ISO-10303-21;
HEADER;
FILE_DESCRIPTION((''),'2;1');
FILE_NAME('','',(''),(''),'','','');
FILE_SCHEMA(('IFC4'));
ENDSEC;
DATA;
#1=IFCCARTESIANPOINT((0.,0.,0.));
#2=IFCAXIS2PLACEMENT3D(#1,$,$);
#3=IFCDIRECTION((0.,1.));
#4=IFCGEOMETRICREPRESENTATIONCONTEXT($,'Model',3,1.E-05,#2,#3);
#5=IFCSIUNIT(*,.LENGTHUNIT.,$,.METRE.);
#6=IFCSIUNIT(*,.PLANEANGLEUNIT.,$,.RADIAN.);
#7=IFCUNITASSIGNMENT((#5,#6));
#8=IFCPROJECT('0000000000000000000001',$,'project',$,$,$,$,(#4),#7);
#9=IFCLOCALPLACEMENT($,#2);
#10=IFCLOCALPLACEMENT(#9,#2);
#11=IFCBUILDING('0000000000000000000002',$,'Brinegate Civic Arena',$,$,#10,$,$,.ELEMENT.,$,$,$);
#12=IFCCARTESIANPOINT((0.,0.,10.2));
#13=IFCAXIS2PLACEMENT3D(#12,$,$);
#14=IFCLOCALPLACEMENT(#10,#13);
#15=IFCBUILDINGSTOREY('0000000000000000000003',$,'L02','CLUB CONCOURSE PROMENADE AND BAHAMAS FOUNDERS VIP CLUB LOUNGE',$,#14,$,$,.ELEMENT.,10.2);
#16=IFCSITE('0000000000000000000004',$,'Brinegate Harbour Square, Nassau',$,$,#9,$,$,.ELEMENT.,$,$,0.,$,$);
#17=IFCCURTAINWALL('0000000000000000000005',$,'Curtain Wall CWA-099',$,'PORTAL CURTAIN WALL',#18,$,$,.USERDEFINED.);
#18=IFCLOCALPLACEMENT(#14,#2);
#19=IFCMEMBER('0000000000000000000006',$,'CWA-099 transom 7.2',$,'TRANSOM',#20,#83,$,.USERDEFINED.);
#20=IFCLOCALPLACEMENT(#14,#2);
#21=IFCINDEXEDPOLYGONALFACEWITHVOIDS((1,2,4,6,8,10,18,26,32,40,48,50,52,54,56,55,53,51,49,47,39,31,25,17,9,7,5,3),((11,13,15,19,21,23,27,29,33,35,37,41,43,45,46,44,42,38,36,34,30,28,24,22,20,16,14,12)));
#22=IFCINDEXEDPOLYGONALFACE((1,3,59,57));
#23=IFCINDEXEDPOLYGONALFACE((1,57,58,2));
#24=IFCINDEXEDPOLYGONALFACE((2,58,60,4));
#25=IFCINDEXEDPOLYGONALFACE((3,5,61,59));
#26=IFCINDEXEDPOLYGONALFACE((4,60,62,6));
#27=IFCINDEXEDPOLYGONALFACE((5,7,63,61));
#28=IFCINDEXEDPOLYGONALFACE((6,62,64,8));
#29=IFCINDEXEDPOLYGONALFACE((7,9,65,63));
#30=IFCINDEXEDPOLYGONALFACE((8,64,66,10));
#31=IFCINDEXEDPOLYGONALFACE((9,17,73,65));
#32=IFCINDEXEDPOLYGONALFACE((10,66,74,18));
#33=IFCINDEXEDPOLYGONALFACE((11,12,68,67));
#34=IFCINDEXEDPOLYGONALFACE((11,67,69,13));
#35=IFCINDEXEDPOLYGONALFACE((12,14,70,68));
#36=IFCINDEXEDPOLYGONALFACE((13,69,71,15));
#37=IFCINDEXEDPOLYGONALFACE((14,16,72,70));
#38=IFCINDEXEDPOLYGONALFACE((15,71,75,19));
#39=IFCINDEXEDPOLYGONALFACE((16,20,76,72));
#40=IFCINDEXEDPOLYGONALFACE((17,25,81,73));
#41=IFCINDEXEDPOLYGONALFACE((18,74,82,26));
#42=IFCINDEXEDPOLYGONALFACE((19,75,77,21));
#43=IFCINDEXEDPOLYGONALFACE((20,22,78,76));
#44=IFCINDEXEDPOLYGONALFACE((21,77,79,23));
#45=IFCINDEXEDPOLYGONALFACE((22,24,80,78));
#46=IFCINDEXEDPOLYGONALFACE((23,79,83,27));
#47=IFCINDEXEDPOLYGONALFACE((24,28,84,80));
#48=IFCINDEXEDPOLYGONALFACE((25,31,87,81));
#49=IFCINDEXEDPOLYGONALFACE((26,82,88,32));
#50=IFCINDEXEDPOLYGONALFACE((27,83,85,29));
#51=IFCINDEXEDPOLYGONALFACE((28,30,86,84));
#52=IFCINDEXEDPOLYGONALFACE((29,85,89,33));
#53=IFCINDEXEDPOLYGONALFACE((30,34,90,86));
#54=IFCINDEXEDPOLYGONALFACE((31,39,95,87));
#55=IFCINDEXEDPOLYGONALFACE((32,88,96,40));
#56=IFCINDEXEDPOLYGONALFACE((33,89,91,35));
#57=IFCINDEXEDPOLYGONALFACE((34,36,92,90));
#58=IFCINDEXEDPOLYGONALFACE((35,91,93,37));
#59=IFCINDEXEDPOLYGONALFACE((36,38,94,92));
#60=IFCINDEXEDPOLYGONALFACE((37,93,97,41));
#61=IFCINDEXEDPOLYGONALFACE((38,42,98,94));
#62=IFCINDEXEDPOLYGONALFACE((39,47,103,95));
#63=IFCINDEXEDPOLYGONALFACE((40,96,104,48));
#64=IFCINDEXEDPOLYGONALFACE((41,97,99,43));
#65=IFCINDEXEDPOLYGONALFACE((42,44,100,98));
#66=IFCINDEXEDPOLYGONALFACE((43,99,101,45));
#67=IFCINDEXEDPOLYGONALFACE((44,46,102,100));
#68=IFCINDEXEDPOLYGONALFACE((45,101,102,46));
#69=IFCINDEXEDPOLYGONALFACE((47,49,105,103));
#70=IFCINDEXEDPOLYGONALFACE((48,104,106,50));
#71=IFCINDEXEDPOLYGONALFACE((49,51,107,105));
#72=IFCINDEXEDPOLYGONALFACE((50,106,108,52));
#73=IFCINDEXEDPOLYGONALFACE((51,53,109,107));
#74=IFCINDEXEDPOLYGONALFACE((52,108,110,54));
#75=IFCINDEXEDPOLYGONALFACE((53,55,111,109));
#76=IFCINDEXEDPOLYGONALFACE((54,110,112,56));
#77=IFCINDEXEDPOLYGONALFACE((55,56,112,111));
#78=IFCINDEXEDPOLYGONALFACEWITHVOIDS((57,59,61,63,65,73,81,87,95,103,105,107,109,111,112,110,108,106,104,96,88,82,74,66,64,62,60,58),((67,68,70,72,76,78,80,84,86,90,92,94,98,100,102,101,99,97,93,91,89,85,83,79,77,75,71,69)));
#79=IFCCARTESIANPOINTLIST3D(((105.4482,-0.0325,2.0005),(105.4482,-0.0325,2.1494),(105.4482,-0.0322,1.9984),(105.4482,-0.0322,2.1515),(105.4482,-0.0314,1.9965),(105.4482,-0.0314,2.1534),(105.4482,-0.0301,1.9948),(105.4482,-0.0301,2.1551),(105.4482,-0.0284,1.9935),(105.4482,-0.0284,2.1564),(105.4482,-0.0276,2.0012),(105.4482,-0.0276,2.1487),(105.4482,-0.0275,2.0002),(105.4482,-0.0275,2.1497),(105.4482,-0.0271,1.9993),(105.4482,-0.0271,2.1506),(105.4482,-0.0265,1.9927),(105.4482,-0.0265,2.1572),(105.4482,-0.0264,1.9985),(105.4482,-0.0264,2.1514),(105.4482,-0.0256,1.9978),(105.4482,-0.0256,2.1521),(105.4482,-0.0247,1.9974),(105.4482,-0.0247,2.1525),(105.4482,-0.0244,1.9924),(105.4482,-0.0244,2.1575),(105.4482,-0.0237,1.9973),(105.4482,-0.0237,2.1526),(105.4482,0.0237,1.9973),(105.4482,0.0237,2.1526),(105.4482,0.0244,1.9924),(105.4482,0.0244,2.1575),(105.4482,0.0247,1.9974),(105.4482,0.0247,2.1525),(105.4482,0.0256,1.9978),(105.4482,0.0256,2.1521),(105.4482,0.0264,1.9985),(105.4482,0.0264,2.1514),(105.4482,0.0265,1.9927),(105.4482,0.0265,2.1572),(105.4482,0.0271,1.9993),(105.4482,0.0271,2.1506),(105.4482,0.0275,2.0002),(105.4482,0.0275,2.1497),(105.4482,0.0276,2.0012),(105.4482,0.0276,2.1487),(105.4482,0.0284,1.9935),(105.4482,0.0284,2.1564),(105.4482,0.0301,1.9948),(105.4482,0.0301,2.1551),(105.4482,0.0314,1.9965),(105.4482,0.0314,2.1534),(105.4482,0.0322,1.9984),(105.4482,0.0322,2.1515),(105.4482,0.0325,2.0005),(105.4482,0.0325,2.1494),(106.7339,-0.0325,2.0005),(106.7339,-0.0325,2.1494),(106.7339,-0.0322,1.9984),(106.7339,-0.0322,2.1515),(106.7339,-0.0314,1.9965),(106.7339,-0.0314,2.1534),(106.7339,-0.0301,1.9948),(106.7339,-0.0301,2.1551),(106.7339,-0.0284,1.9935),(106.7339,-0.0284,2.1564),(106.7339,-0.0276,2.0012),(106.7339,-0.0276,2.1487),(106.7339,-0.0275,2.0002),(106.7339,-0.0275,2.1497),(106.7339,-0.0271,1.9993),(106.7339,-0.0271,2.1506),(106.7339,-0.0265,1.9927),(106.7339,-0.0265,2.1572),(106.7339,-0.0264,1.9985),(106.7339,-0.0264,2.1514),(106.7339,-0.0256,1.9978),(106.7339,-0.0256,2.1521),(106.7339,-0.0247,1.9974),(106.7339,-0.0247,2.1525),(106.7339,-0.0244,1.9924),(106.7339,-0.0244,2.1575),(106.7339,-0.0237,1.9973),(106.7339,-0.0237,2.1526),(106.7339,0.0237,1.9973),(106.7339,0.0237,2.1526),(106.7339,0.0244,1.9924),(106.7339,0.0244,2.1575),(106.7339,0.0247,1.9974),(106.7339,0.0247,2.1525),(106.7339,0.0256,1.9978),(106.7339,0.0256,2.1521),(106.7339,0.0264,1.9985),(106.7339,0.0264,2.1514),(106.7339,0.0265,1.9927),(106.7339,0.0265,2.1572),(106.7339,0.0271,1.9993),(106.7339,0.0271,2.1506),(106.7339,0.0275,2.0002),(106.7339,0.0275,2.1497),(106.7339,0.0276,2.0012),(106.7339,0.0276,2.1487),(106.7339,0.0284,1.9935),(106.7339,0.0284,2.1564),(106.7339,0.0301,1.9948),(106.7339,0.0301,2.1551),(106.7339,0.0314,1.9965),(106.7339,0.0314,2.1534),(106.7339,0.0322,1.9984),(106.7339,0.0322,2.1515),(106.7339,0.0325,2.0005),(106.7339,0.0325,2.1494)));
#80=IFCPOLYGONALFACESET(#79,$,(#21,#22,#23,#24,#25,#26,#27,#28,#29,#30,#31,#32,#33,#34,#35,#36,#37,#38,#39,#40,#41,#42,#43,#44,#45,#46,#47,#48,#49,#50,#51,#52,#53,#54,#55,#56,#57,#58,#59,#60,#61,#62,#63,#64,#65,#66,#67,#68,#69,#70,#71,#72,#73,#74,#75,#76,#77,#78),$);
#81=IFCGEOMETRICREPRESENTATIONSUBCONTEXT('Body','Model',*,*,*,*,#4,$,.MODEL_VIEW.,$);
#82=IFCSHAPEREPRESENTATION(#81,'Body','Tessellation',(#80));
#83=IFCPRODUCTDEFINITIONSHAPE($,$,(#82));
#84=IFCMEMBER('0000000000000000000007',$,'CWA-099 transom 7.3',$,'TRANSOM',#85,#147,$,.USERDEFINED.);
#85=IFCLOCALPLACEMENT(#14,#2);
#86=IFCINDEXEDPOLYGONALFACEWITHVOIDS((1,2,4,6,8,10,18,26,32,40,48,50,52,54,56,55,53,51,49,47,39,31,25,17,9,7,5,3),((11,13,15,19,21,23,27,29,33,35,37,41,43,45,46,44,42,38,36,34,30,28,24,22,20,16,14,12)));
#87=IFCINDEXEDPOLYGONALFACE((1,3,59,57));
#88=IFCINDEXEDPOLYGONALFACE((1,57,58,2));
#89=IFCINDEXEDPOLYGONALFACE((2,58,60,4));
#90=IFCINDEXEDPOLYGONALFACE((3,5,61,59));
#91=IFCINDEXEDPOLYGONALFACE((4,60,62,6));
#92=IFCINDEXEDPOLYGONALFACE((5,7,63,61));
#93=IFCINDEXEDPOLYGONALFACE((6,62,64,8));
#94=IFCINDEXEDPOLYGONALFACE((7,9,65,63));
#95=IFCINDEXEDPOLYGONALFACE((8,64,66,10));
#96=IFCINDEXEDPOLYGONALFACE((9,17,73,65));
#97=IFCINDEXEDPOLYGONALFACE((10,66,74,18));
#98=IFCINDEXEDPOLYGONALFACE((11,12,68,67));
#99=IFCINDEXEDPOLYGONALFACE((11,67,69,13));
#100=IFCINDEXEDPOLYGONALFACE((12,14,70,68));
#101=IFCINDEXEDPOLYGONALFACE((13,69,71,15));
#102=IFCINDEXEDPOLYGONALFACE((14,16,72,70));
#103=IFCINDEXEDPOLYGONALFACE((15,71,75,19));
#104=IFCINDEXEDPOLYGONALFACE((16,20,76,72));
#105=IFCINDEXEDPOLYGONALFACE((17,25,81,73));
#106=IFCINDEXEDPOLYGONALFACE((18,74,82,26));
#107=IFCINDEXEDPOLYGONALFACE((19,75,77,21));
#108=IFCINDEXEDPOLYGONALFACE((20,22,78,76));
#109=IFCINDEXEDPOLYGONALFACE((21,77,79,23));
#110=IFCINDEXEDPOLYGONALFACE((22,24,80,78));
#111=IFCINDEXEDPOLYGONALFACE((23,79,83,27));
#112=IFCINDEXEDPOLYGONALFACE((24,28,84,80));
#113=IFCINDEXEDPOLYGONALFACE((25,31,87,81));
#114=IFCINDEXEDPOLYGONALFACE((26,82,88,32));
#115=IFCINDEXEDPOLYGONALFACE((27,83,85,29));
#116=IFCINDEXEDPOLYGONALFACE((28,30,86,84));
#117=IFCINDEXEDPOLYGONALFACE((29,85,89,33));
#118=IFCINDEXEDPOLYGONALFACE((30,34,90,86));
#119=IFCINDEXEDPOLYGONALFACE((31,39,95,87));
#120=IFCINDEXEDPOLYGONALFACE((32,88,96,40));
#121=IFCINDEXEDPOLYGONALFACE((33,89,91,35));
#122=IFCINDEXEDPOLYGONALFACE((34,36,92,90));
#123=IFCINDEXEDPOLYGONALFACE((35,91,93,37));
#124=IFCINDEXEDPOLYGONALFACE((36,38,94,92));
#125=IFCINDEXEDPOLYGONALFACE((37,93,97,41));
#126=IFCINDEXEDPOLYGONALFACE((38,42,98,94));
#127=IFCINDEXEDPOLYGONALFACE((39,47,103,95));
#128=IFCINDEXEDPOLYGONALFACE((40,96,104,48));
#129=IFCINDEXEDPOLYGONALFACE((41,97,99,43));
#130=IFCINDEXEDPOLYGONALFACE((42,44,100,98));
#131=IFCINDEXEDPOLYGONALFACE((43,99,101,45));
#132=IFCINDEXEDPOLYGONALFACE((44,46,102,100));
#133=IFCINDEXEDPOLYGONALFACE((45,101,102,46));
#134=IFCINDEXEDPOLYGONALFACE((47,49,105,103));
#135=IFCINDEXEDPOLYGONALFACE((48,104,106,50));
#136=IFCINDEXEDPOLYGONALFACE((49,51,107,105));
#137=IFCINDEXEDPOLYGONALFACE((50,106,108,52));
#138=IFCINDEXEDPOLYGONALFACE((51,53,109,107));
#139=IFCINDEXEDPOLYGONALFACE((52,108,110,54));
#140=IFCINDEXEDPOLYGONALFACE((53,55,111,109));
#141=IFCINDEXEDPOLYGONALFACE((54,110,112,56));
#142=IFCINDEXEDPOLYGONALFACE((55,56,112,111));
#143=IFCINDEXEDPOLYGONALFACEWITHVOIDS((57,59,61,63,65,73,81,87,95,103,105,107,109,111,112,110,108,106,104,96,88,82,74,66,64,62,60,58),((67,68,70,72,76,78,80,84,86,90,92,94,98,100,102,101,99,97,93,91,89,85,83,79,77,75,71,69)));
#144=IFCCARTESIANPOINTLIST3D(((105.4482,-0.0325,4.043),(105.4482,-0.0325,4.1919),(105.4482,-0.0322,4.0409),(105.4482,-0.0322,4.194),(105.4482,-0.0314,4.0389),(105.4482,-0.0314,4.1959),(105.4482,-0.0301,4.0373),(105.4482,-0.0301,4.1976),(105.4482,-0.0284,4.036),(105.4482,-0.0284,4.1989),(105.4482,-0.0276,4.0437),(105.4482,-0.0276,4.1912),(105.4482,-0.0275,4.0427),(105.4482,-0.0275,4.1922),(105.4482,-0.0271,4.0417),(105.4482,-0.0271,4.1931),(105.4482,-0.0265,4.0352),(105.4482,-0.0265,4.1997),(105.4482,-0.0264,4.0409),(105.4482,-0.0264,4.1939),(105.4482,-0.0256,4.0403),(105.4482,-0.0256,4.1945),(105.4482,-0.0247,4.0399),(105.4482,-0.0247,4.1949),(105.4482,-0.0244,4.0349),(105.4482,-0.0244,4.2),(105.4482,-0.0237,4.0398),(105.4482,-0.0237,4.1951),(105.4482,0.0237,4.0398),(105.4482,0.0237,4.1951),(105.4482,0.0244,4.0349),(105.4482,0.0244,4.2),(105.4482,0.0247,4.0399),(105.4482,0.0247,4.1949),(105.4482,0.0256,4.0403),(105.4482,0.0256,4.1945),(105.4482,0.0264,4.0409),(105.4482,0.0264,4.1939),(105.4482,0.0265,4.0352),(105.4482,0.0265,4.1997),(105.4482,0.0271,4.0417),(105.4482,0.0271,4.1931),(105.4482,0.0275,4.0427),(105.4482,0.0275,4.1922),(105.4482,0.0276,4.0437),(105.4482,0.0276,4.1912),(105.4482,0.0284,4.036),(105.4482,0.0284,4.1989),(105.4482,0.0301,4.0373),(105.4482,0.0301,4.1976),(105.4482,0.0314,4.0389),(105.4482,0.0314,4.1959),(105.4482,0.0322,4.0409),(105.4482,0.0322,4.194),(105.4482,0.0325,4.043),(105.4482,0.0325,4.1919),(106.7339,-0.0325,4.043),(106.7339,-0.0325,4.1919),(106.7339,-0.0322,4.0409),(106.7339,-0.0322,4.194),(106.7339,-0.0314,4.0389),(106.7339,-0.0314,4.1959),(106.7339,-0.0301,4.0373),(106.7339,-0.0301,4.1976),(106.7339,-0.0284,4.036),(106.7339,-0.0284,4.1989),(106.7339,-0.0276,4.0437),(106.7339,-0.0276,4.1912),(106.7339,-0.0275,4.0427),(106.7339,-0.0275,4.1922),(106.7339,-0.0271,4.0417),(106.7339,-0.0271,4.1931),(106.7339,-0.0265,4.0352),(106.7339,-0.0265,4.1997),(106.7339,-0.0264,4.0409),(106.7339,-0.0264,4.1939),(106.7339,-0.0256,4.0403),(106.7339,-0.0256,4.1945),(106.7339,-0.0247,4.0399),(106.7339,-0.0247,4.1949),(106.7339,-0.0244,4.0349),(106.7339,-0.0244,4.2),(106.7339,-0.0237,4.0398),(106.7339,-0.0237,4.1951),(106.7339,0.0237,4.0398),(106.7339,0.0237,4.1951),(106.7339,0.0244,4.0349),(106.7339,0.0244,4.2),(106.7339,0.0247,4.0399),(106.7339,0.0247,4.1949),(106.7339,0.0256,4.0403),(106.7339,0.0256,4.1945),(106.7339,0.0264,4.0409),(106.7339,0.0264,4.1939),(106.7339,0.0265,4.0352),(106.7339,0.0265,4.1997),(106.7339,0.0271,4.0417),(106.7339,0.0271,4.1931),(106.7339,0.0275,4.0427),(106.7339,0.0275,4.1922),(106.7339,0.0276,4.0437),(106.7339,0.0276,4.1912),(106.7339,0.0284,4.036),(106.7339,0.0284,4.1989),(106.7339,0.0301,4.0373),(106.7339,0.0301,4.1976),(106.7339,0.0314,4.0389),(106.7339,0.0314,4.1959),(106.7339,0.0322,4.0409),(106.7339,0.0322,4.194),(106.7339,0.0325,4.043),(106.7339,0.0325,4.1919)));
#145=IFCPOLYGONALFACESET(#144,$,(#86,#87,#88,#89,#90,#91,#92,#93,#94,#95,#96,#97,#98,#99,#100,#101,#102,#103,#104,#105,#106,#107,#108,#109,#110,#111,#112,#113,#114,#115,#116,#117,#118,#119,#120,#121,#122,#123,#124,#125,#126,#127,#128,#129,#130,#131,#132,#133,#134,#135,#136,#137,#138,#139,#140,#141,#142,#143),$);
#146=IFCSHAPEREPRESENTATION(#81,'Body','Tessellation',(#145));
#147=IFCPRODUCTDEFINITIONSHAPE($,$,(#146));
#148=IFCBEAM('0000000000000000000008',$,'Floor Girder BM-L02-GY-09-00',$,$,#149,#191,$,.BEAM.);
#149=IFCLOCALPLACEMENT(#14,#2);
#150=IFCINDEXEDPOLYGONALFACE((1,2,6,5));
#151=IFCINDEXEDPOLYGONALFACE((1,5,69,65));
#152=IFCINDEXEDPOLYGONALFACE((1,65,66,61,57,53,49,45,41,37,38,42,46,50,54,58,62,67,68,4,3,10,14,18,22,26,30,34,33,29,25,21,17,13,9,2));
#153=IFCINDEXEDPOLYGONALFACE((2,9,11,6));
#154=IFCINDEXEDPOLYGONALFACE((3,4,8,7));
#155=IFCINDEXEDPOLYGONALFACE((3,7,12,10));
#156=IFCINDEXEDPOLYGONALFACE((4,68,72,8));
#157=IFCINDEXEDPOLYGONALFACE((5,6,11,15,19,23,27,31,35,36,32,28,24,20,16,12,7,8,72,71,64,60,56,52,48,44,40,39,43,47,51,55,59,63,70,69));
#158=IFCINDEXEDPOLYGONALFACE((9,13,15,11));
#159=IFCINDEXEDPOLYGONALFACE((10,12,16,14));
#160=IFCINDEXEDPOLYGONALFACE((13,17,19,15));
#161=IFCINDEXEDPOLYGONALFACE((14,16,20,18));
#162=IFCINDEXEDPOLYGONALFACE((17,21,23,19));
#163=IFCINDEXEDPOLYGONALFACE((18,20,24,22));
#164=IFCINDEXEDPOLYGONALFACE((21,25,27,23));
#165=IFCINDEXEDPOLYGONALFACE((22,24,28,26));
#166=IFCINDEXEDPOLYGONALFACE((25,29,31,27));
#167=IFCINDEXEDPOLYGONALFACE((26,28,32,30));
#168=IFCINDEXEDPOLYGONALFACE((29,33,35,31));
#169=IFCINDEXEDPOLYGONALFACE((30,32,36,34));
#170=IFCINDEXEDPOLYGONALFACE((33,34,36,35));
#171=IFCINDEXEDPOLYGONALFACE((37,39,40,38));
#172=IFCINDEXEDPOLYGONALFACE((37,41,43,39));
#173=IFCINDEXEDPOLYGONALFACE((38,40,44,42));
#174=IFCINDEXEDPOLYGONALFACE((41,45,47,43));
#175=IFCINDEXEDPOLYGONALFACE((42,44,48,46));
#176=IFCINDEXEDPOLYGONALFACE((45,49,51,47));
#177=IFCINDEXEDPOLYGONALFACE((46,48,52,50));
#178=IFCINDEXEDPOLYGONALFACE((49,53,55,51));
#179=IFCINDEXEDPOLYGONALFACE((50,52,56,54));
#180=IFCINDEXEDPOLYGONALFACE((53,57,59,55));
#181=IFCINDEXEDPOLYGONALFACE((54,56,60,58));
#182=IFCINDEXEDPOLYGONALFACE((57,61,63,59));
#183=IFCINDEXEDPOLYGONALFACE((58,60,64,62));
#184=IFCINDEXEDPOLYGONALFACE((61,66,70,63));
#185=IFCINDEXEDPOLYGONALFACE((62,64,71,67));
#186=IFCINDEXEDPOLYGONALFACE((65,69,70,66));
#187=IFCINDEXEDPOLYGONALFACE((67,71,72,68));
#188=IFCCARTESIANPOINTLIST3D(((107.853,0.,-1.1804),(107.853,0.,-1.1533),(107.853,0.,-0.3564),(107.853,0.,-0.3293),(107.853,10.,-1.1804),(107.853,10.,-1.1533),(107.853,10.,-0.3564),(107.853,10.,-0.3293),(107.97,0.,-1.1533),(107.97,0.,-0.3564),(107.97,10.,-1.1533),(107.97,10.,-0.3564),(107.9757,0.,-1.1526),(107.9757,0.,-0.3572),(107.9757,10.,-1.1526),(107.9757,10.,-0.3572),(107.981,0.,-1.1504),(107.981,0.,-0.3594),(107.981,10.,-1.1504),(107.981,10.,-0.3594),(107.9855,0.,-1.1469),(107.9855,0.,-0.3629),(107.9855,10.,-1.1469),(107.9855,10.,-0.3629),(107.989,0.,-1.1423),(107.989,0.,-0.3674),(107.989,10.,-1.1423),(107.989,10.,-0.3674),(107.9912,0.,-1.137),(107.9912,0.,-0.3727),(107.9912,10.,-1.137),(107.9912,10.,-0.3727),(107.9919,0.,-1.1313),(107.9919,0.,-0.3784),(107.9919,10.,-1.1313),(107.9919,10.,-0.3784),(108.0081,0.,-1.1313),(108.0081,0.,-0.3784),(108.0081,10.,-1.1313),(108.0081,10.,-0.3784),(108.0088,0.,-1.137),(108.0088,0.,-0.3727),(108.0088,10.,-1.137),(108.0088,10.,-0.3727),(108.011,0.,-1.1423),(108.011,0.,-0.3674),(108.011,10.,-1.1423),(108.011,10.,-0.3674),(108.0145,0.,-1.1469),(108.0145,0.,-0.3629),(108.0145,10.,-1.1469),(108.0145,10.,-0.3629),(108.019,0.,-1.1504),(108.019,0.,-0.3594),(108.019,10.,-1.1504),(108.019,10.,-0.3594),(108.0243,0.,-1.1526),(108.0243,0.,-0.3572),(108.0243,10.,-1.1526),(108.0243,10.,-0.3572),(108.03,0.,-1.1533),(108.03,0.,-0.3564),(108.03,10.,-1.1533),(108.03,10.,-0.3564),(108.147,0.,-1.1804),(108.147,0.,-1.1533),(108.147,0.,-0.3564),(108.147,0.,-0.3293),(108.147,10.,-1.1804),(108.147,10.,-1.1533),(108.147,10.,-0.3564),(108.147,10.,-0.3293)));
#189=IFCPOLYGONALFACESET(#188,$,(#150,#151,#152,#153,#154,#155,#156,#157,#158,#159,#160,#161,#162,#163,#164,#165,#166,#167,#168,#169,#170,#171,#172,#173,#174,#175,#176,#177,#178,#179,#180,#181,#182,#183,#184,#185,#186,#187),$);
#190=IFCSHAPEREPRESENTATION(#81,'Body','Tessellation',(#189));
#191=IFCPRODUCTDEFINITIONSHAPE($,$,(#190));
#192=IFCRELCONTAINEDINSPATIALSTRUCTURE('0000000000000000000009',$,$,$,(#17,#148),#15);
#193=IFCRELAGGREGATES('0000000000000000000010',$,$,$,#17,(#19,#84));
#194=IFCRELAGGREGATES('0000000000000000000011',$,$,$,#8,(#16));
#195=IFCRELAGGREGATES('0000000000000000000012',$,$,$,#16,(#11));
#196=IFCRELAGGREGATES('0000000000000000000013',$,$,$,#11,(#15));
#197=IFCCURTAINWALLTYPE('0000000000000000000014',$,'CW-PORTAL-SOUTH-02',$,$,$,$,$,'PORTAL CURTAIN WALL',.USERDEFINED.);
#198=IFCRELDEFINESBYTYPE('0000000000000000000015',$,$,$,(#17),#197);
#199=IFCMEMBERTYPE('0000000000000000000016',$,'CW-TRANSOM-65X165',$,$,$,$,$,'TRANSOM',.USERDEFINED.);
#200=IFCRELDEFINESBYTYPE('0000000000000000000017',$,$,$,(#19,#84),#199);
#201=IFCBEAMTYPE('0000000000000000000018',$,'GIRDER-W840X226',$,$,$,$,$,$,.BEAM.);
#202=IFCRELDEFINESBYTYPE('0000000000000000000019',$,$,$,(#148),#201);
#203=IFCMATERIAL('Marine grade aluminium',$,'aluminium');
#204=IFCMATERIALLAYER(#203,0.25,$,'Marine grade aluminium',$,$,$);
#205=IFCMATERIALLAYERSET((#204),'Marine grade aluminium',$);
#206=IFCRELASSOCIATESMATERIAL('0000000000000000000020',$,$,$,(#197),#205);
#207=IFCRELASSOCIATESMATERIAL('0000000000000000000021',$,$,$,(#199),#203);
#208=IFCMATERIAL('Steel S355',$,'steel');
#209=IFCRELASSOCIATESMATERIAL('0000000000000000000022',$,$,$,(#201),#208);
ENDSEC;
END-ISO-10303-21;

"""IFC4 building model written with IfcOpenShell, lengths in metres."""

from ifc_helpers import new_model, si_unit, direction, frame, origin, origin_2d, place, context, subcontext, project, spatial, hollow_rectangle, i_section, extrude, material, layer, layer_set, material_profile, profile_set, type_object, element, aggregate, save


model = new_model("IFC4")

# Units and contexts
model_context = context("Model", 3, precision=1e-05, world=origin(), true_north=direction((0.0, 1.0)))
body_context = subcontext(model_context, "Body", "Model", "MODEL_VIEW")
ifc_project = project(units=[si_unit("LENGTHUNIT", "METRE"), si_unit("PLANEANGLEUNIT", "RADIAN")], contexts=[model_context])

# Site, building, storey
site_placement = place(None, origin())
site = spatial("IfcSite", under=ifc_project, at=site_placement, Name="Brinegate Harbour Square, Nassau", CompositionType="ELEMENT", RefElevation=0.0)
building_placement = place(site_placement, origin())
building = spatial("IfcBuilding", under=site, at=building_placement, Name="Brinegate Civic Arena", CompositionType="ELEMENT")
storey_placement = place(building_placement, frame((0.0, 0.0, 10.2)))
storey = spatial("IfcBuildingStorey", under=building, at=storey_placement, Name="L02", Description="CLUB CONCOURSE PROMENADE AND BAHAMAS FOUNDERS VIP CLUB LOUNGE", CompositionType="ELEMENT", Elevation=10.2)

# Curtain wall, members
ifc_material_1 = material(Name="Marine grade aluminium", Category="aluminium")
ifc_layer_1 = layer(ifc_material_1, 0.25, Name="Marine grade aluminium")
ifc_layer_set_1 = layer_set([ifc_layer_1], Name="Marine grade aluminium")
curtain_wall_type = type_object("IfcCurtainWallType", Name="CW-PORTAL-SOUTH-02", ElementType="PORTAL CURTAIN WALL", PredefinedType="USERDEFINED", material=ifc_layer_set_1)
curtain_wall_placement = place(storey_placement, origin())
curtain_wall = element("IfcCurtainWall", 1, at=curtain_wall_placement, inside=storey, type_object=curtain_wall_type, Name="Curtain Wall CWA-099", ObjectType="PORTAL CURTAIN WALL", PredefinedType="USERDEFINED")
ifc_material_profile_1 = material_profile(ifc_material_1, hollow_rectangle(XDim=0.0649, YDim=0.165, WallThickness=0.0049, InnerFilletRadius=0.0039, OuterFilletRadius=0.0081, at=origin_2d()), Name="TRN65X165")
ifc_profile_set_1 = profile_set([ifc_material_profile_1], Name="Marine grade aluminium")
member_type_1 = type_object("IfcMemberType", Name="CW-TRANSOM-65X165", ElementType="TRANSOM", PredefinedType="USERDEFINED", material=ifc_profile_set_1)
member_1_placement = place(storey_placement, frame((105.4482, 0.0, 2.075), z_axis=(1.0, 0.0, 0.0), x_axis=(0.0, 1.0, 0.0)))
member_1 = element("IfcMember", 2, at=member_1_placement, type_object=member_type_1, Name="CWA-099 transom 7.2", ObjectType="TRANSOM", PredefinedType="USERDEFINED", context=body_context, shape_type="SweptSolid", body=[
    extrude(hollow_rectangle(XDim=0.0649, YDim=0.165, WallThickness=0.0049, InnerFilletRadius=0.0039, OuterFilletRadius=0.0081, at=origin_2d()), origin(), (0.0, 0.0, 1.0), 1.2856),
])
member_2_placement = place(storey_placement, frame((105.4482, 0.0, 4.1174), z_axis=(1.0, 0.0, 0.0), x_axis=(0.0, 1.0, 0.0)))
member_2 = element("IfcMember", 3, at=member_2_placement, type_object=member_type_1, Name="CWA-099 transom 7.3", ObjectType="TRANSOM", PredefinedType="USERDEFINED", context=body_context, shape_type="SweptSolid", body=[
    extrude(hollow_rectangle(XDim=0.0649, YDim=0.165, WallThickness=0.0049, InnerFilletRadius=0.0039, OuterFilletRadius=0.0081, at=origin_2d()), origin(), (0.0, 0.0, 1.0), 1.2856),
])

# Beam
ifc_material_2 = material(Name="Steel S355", Category="steel")
ifc_material_profile_2 = material_profile(ifc_material_2, i_section(OverallWidth=0.2939, OverallDepth=0.8511, WebThickness=0.0161, FlangeThickness=0.0271, FilletRadius=0.022, at=origin_2d()), Name="W840X226")
ifc_profile_set_2 = profile_set([ifc_material_profile_2], Name="Steel S355")
beam_type_1 = type_object("IfcBeamType", Name="GIRDER-W840X226", PredefinedType="BEAM", material=ifc_profile_set_2)
beam_1_placement = place(storey_placement, frame((108.0, 0.0, -0.7549), z_axis=(0.0, 1.0, 0.0), x_axis=(-1.0, 0.0, 0.0)))
element("IfcBeam", 4, at=beam_1_placement, inside=storey, type_object=beam_type_1, Name="Floor Girder BM-L02-GY-09-00", PredefinedType="BEAM", context=body_context, shape_type="SweptSolid", body=[
    extrude(i_section(OverallWidth=0.2939, OverallDepth=0.8511, WebThickness=0.0161, FlangeThickness=0.0271, FilletRadius=0.022, at=origin_2d()), origin(), (0.0, 0.0, 1.0), 10.0),
])

aggregate(curtain_wall, [member_1, member_2])

save(model, "model.ifc")
